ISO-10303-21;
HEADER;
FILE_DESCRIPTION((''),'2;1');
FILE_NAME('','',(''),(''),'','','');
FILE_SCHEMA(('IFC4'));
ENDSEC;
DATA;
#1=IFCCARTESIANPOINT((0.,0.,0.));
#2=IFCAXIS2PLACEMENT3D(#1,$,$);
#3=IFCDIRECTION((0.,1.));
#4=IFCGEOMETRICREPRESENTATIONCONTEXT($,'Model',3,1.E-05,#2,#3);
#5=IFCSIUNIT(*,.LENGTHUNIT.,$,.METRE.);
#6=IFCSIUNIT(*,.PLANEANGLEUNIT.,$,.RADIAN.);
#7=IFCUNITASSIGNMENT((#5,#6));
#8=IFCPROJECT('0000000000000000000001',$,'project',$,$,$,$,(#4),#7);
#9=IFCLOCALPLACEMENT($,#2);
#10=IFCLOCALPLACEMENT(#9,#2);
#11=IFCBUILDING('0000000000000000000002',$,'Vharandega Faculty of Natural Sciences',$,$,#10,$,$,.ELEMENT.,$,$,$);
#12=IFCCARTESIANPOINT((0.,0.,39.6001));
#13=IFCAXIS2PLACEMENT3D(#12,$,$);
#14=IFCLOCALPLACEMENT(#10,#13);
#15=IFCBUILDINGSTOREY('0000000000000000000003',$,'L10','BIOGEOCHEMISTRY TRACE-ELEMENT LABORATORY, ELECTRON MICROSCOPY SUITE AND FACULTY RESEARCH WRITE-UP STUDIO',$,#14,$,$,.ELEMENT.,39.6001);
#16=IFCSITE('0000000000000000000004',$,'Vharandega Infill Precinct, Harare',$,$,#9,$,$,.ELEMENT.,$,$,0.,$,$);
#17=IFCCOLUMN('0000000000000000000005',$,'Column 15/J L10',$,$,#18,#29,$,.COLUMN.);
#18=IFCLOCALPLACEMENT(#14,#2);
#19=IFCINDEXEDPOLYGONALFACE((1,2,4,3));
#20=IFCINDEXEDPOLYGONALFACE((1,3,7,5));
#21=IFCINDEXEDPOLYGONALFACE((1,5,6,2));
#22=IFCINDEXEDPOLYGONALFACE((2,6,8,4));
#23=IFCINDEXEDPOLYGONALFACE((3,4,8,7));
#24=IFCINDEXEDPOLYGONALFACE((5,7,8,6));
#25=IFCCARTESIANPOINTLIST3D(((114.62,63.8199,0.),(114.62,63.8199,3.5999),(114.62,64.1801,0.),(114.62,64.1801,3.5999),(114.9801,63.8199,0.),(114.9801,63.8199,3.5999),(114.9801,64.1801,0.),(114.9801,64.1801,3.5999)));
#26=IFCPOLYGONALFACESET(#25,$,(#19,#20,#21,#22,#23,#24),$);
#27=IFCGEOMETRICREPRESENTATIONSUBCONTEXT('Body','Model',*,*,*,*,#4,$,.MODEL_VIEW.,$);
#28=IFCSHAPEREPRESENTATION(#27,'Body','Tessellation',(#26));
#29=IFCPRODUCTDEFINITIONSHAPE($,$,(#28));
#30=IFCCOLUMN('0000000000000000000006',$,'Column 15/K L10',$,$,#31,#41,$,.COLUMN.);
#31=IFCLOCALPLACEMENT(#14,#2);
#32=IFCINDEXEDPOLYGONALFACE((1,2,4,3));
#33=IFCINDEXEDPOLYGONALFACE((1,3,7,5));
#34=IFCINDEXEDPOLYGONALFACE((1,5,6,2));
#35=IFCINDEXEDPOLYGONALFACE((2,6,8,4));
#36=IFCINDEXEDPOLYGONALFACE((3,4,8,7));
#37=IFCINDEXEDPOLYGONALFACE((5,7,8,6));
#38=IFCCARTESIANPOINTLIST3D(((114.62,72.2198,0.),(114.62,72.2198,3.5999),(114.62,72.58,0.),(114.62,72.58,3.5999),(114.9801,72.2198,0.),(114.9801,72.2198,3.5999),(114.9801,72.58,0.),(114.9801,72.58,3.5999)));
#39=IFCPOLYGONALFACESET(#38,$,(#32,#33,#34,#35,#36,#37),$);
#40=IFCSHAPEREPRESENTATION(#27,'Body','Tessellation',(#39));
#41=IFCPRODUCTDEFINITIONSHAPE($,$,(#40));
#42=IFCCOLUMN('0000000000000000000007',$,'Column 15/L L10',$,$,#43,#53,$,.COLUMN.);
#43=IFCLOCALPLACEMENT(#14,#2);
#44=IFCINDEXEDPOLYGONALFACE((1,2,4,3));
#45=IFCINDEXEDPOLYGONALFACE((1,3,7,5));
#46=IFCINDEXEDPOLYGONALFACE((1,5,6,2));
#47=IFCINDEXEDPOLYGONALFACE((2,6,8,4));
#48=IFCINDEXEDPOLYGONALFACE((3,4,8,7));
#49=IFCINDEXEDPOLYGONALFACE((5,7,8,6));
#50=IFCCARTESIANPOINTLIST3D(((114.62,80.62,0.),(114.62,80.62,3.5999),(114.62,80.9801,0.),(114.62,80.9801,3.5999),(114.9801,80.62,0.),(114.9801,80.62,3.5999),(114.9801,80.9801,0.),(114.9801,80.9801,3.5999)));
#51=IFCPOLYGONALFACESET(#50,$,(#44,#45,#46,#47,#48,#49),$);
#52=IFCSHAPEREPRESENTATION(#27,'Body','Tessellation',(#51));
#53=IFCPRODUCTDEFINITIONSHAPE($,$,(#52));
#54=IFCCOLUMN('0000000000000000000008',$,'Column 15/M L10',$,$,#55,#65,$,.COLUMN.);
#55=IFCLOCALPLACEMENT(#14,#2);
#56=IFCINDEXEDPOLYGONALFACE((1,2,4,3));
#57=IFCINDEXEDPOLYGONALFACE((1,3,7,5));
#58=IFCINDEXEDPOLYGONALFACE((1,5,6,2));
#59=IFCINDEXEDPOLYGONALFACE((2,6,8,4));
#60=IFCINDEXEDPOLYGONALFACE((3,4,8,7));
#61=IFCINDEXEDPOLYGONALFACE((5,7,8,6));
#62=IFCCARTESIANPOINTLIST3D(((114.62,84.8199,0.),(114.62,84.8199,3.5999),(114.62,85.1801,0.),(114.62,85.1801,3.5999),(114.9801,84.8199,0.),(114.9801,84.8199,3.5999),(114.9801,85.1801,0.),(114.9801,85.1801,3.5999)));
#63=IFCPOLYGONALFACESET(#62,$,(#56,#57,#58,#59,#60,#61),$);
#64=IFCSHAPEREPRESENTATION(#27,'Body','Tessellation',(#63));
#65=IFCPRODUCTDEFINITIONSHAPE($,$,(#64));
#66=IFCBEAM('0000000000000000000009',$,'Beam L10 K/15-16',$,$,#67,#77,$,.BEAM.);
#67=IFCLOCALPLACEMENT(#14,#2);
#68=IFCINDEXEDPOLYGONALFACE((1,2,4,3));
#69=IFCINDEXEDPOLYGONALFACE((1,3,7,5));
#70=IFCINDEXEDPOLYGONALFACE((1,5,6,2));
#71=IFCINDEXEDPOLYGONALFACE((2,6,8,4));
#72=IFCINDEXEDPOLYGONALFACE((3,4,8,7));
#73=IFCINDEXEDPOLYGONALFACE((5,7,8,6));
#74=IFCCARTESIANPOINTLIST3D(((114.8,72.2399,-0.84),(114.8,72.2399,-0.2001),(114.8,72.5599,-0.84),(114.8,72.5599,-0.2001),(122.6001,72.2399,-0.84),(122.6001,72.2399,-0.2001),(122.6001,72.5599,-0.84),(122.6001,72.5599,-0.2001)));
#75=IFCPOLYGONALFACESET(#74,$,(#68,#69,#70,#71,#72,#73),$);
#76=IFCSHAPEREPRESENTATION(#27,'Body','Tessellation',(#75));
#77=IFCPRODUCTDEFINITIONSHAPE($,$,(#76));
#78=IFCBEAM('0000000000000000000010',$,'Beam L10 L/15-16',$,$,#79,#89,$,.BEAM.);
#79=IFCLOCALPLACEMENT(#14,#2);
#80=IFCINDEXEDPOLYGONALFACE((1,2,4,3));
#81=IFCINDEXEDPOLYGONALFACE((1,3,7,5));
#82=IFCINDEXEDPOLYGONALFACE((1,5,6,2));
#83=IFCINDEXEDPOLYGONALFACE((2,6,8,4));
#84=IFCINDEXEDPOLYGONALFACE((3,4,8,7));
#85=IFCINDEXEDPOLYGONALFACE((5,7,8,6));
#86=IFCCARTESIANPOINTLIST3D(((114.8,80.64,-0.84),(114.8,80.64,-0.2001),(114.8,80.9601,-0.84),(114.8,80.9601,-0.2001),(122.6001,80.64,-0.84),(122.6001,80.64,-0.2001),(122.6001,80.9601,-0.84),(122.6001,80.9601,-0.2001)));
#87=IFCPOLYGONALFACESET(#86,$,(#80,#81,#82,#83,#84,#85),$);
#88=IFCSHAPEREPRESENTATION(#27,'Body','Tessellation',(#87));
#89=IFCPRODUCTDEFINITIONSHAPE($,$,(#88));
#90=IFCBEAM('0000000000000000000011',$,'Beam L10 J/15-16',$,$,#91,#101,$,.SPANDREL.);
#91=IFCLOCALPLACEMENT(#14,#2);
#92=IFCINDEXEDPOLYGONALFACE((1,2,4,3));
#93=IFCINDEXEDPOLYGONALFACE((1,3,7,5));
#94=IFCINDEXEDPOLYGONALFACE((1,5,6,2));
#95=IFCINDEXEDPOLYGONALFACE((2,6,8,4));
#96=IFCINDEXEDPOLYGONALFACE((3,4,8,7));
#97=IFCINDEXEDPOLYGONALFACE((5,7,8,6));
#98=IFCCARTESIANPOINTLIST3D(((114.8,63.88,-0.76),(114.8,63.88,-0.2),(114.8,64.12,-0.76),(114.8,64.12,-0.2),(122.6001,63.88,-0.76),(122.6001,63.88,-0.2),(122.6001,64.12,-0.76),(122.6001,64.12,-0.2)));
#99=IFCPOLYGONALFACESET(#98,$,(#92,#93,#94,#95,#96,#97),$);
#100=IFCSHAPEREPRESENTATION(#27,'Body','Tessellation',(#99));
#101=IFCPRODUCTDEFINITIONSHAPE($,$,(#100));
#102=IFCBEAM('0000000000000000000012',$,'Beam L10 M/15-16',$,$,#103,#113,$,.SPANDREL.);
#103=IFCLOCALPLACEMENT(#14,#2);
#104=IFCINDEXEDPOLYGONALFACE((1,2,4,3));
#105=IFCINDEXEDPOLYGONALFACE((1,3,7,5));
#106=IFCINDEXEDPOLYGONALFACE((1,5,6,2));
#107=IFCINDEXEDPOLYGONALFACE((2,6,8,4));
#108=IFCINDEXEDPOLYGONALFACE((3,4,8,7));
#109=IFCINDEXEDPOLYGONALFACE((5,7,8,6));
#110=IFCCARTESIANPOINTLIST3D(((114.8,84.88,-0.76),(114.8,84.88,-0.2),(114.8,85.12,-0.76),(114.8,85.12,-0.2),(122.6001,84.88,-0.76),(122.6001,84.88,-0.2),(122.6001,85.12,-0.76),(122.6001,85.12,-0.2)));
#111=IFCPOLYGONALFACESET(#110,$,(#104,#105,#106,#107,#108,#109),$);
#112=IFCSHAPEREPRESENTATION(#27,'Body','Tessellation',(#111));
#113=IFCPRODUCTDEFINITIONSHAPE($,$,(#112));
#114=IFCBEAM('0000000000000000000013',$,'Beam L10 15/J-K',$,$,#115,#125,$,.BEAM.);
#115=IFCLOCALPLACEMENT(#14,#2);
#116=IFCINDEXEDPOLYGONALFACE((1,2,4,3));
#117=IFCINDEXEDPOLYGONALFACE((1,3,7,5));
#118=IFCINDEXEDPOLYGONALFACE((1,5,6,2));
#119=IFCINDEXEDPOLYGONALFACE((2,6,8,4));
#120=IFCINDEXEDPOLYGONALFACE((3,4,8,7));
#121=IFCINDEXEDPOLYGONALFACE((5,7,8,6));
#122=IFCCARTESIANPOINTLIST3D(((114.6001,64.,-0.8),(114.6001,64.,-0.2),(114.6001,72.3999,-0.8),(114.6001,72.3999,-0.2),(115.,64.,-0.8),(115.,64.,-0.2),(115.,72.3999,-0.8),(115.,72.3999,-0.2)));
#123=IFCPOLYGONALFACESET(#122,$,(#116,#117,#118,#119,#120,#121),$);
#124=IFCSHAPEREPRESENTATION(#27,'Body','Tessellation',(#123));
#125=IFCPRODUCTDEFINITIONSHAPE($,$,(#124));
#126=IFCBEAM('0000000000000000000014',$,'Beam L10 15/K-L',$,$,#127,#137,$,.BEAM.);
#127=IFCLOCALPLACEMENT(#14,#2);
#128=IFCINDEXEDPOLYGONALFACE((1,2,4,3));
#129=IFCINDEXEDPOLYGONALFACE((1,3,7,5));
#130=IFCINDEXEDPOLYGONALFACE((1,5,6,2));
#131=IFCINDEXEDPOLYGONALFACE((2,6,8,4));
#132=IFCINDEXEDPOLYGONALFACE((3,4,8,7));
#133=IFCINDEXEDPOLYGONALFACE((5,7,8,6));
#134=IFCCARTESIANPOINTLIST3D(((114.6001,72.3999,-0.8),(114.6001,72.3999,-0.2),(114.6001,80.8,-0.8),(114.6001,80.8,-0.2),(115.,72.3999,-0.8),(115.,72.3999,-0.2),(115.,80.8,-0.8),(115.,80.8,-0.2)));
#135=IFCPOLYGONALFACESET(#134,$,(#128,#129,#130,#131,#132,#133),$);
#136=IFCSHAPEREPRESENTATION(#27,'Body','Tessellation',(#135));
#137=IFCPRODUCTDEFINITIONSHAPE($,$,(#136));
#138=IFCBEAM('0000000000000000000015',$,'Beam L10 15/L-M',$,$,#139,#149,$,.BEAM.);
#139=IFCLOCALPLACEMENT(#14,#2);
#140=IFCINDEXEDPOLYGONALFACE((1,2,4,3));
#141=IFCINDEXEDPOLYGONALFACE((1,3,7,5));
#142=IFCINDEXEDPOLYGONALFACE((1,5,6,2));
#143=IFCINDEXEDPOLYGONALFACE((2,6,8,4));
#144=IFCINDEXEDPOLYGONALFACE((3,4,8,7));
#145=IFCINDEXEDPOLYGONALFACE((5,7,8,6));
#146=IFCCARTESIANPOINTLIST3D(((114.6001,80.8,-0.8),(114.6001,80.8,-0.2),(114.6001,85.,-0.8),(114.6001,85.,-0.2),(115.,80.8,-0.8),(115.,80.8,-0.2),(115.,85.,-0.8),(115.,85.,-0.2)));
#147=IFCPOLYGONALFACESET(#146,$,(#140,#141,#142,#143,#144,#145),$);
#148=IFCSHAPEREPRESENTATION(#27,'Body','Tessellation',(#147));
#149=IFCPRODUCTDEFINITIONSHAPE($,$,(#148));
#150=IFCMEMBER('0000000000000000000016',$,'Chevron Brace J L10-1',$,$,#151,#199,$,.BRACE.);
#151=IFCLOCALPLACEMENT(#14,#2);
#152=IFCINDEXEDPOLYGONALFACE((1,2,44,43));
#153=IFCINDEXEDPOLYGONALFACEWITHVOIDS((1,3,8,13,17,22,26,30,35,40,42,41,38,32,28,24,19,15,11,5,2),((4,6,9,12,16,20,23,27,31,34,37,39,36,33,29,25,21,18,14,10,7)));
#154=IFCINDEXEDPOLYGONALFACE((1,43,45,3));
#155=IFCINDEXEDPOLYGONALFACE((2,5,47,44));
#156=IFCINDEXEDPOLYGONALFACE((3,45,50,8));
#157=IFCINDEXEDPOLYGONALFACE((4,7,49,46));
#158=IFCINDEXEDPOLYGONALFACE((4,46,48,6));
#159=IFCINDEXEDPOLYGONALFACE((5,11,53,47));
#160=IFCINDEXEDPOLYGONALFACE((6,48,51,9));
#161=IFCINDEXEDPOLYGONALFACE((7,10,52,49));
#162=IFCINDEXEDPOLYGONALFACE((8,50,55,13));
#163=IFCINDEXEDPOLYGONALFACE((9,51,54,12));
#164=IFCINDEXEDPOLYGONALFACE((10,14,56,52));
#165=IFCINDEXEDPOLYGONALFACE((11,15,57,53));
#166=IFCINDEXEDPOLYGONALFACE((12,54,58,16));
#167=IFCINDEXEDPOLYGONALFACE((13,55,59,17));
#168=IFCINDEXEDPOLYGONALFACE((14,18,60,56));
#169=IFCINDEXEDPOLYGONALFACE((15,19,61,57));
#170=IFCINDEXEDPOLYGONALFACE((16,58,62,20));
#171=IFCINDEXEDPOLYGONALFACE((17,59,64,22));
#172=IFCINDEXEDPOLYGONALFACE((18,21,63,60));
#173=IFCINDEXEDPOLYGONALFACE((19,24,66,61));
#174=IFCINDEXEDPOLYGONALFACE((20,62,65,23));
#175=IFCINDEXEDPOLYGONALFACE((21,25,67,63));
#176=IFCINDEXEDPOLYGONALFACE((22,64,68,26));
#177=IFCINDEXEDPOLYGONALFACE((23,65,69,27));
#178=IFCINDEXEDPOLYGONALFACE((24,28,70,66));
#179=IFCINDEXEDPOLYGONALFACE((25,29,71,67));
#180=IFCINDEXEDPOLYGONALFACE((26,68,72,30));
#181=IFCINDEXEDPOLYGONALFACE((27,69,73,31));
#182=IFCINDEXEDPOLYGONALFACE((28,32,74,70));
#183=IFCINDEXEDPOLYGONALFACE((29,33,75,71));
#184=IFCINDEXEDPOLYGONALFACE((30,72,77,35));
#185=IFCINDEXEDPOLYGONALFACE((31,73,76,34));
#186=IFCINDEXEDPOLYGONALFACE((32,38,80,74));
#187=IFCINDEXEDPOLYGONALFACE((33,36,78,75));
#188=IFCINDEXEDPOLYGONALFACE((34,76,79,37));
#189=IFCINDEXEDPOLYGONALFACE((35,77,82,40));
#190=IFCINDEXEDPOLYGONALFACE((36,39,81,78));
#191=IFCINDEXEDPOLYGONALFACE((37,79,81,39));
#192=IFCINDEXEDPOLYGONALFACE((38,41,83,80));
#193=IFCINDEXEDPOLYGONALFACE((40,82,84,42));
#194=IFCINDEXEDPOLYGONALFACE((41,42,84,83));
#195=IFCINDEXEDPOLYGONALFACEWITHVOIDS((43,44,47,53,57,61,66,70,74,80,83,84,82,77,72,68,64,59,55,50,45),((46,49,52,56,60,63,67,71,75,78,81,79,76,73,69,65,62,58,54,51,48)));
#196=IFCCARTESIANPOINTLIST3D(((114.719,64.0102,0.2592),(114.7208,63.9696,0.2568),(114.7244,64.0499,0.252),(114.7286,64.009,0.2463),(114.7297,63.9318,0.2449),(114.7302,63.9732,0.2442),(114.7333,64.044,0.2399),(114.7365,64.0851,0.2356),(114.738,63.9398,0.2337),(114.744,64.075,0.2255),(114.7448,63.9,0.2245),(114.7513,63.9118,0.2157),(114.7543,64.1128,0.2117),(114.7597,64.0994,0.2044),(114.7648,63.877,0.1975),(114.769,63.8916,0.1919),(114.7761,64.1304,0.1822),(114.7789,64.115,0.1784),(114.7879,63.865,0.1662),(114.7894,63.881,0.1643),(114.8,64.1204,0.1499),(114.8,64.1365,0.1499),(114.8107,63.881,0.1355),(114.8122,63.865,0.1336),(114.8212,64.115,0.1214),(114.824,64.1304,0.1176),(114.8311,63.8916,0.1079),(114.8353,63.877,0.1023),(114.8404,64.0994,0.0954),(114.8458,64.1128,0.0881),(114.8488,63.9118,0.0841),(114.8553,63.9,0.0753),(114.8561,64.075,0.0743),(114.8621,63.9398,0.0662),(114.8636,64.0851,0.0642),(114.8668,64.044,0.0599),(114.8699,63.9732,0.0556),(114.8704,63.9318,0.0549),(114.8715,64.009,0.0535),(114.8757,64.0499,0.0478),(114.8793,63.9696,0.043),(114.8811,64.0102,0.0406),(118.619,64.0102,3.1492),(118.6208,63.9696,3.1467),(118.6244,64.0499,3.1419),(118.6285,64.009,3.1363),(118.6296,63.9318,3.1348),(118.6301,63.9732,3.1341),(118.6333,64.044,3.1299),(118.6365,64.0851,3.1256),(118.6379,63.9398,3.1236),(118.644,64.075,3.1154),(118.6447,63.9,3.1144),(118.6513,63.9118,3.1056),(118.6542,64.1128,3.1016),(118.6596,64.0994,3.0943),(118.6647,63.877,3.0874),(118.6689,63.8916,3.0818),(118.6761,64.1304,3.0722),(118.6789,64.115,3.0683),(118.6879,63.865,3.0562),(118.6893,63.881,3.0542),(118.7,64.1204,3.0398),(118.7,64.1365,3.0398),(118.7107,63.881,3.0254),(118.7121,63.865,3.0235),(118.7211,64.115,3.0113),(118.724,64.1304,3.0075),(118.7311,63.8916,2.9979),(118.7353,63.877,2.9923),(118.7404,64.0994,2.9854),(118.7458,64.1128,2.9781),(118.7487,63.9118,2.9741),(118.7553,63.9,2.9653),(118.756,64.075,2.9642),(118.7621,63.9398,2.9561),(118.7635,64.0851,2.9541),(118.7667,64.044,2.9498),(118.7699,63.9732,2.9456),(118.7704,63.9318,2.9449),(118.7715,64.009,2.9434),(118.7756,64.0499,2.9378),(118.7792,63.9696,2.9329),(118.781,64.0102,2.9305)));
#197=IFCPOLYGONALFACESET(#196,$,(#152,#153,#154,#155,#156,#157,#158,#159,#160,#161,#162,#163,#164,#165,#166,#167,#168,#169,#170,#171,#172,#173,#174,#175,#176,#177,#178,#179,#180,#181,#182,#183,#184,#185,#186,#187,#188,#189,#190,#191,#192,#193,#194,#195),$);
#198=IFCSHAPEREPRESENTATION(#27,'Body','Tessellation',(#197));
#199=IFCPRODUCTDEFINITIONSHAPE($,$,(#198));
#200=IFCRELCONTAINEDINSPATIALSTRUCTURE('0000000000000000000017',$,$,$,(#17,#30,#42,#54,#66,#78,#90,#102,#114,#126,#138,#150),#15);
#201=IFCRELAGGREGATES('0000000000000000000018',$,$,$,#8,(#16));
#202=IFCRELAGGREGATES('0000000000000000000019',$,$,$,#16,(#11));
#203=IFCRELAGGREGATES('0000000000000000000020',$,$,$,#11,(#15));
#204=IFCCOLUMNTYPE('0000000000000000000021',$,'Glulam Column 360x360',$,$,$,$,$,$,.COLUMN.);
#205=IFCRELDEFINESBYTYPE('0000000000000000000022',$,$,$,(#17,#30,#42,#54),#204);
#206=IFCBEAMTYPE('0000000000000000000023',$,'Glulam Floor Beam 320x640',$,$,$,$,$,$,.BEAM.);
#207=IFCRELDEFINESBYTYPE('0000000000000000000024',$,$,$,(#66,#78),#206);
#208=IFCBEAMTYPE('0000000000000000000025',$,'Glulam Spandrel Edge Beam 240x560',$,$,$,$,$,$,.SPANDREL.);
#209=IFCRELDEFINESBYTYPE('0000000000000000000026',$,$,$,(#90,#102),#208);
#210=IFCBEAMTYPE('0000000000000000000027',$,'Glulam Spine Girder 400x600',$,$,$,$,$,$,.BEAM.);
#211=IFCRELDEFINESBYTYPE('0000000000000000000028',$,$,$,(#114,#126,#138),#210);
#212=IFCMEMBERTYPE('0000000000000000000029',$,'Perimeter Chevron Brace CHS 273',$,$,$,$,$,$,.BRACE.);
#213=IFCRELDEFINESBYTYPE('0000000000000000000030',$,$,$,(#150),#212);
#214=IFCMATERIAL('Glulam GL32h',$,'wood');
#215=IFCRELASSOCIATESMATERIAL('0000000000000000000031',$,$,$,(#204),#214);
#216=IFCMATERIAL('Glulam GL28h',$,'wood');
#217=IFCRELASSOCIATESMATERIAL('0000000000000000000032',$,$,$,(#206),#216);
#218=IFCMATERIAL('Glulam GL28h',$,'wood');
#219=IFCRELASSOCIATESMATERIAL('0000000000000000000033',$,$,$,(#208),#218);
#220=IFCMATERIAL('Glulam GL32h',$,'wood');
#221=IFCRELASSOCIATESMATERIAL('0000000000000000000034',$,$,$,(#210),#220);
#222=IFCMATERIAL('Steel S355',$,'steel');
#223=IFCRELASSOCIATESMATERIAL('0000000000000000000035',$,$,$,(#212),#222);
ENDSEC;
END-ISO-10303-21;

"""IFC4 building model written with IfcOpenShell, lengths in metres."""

from ifc_helpers import new_model, si_unit, direction, frame, origin, origin_2d, place, context, subcontext, project, spatial, rectangle, hollow_circle, extrude, material, material_profile, profile_set, type_object, element, save


model = new_model("IFC4")

# Units and contexts
model_context = context("Model", 3, precision=1e-05, world=origin(), true_north=direction((0.0, 1.0)))
body_context = subcontext(model_context, "Body", "Model", "MODEL_VIEW")
ifc_project = project(units=[si_unit("LENGTHUNIT", "METRE"), si_unit("PLANEANGLEUNIT", "RADIAN")], contexts=[model_context])

# Site, building, storey
site_placement = place(None, origin())
site = spatial("IfcSite", under=ifc_project, at=site_placement, Name="Vharandega Infill Precinct, Harare", CompositionType="ELEMENT", RefElevation=0.0)
building_placement = place(site_placement, origin())
building = spatial("IfcBuilding", under=site, at=building_placement, Name="Vharandega Faculty of Natural Sciences", CompositionType="ELEMENT")
storey_placement = place(building_placement, frame((0.0, 0.0, 39.6001)))
storey = spatial("IfcBuildingStorey", under=building, at=storey_placement, Name="L10", Description="BIOGEOCHEMISTRY TRACE-ELEMENT LABORATORY, ELECTRON MICROSCOPY SUITE AND FACULTY RESEARCH WRITE-UP STUDIO", CompositionType="ELEMENT", Elevation=39.6001)

# Columns
ifc_material_1 = material(Name="Glulam GL32h", Category="wood")
ifc_material_profile_1 = material_profile(ifc_material_1, rectangle(XDim=0.3601, YDim=0.3601, at=origin_2d()), Name="GL32h 360x360")
ifc_profile_set_1 = profile_set([ifc_material_profile_1], Name="Glulam GL32h")
column_type = type_object("IfcColumnType", Name="Glulam Column 360x360", PredefinedType="COLUMN", material=ifc_profile_set_1)
for number, where, z_axis, x_axis, name in (
    (1, (114.8, 64.0, 0.0), (0.0, 0.0, 1.0), (1.0, 0.0, 0.0), "Column 15/J L10"),
    (2, (114.8, 72.3999, 0.0), (0.0, 0.0, 1.0), (1.0, 0.0, 0.0), "Column 15/K L10"),
    (3, (114.8, 80.8, 0.0), (0.0, 0.0, 1.0), (1.0, 0.0, 0.0), "Column 15/L L10"),
    (4, (114.8, 85.0, 0.0), (0.0, 0.0, 1.0), (1.0, 0.0, 0.0), "Column 15/M L10"),
):
    element("IfcColumn", number, at=place(storey_placement, frame(where, z_axis=z_axis, x_axis=x_axis)), inside=storey, type_object=column_type, Name=name, PredefinedType="COLUMN", context=body_context, shape_type="SweptSolid", body=[
        extrude(rectangle(XDim=0.3601, YDim=0.3601, at=origin_2d()), origin(), (0.0, 0.0, 1.0), 3.5999),
    ])

# Beams
ifc_material_2 = material(Name="Glulam GL28h", Category="wood")
ifc_material_profile_2 = material_profile(ifc_material_2, rectangle(XDim=0.3201, YDim=0.6399, at=origin_2d()), Name="GL28h 320x640")
ifc_profile_set_2 = profile_set([ifc_material_profile_2], Name="Glulam GL28h")
beam_type_1 = type_object("IfcBeamType", Name="Glulam Floor Beam 320x640", PredefinedType="BEAM", material=ifc_profile_set_2)
for number, where, z_axis, x_axis, name in (
    (5, (114.8, 72.3999, -0.52), (1.0, 0.0, 0.0), (0.0, 1.0, 0.0), "Beam L10 K/15-16"),
    (6, (114.8, 80.8, -0.52), (1.0, 0.0, 0.0), (0.0, 1.0, 0.0), "Beam L10 L/15-16"),
):
    element("IfcBeam", number, at=place(storey_placement, frame(where, z_axis=z_axis, x_axis=x_axis)), inside=storey, type_object=beam_type_1, Name=name, PredefinedType="BEAM", context=body_context, shape_type="SweptSolid", body=[
        extrude(rectangle(XDim=0.3201, YDim=0.6399, at=origin_2d()), origin(), (0.0, 0.0, 1.0), 7.8),
    ])
ifc_material_3 = material(Name="Glulam GL28h", Category="wood")
ifc_material_profile_3 = material_profile(ifc_material_3, rectangle(XDim=0.24, YDim=0.5601, at=origin_2d()), Name="GL28h 240x560")
ifc_profile_set_3 = profile_set([ifc_material_profile_3], Name="Glulam GL28h")
beam_type_2 = type_object("IfcBeamType", Name="Glulam Spandrel Edge Beam 240x560", PredefinedType="SPANDREL", material=ifc_profile_set_3)
for number, where, z_axis, x_axis, name in (
    (7, (114.8, 64.0, -0.48), (1.0, 0.0, 0.0), (0.0, 1.0, 0.0), "Beam L10 J/15-16"),
    (8, (114.8, 85.0, -0.48), (1.0, 0.0, 0.0), (0.0, 1.0, 0.0), "Beam L10 M/15-16"),
):
    element("IfcBeam", number, at=place(storey_placement, frame(where, z_axis=z_axis, x_axis=x_axis)), inside=storey, type_object=beam_type_2, Name=name, PredefinedType="SPANDREL", context=body_context, shape_type="SweptSolid", body=[
        extrude(rectangle(XDim=0.24, YDim=0.5601, at=origin_2d()), origin(), (0.0, 0.0, 1.0), 7.8),
    ])
ifc_material_4 = material(Name="Glulam GL32h", Category="wood")
ifc_material_profile_4 = material_profile(ifc_material_4, rectangle(XDim=0.3999, YDim=0.6001, at=origin_2d()), Name="GL32h 400x600")
ifc_profile_set_4 = profile_set([ifc_material_profile_4], Name="Glulam GL32h")
beam_type_3 = type_object("IfcBeamType", Name="Glulam Spine Girder 400x600", PredefinedType="BEAM", material=ifc_profile_set_4)
beam_1_placement = place(storey_placement, frame((114.8, 64.0, -0.5), z_axis=(0.0, 1.0, 0.0), x_axis=(-1.0, 0.0, 0.0)))
element("IfcBeam", 9, at=beam_1_placement, inside=storey, type_object=beam_type_3, Name="Beam L10 15/J-K", PredefinedType="BEAM", context=body_context, shape_type="SweptSolid", body=[
    extrude(rectangle(XDim=0.3999, YDim=0.6001, at=origin_2d()), origin(), (0.0, 0.0, 1.0), 8.3999),
])
beam_2_placement = place(storey_placement, frame((114.8, 72.3999, -0.5), z_axis=(0.0, 1.0, 0.0), x_axis=(-1.0, 0.0, 0.0)))
element("IfcBeam", 10, at=beam_2_placement, inside=storey, type_object=beam_type_3, Name="Beam L10 15/K-L", PredefinedType="BEAM", context=body_context, shape_type="SweptSolid", body=[
    extrude(rectangle(XDim=0.3999, YDim=0.6001, at=origin_2d()), origin(), (0.0, 0.0, 1.0), 8.4001),
])
beam_3_placement = place(storey_placement, frame((114.8, 80.8, -0.5), z_axis=(0.0, 1.0, 0.0), x_axis=(-1.0, 0.0, 0.0)))
element("IfcBeam", 11, at=beam_3_placement, inside=storey, type_object=beam_type_3, Name="Beam L10 15/L-M", PredefinedType="BEAM", context=body_context, shape_type="SweptSolid", body=[
    extrude(rectangle(XDim=0.3999, YDim=0.6001, at=origin_2d()), origin(), (0.0, 0.0, 1.0), 4.2),
])

# Member
ifc_material_5 = material(Name="Steel S355", Category="steel")
ifc_material_profile_5 = material_profile(ifc_material_5, hollow_circle(Radius=0.1365, WallThickness=0.0161, at=origin_2d()), Name="CHS 273x16")
ifc_profile_set_5 = profile_set([ifc_material_profile_5], Name="Steel S355")
member_type = type_object("IfcMemberType", Name="Perimeter Chevron Brace CHS 273", PredefinedType="BRACE", material=ifc_profile_set_5)
member_placement = place(storey_placement, frame((114.8, 64.0, 0.1499), z_axis=(0.803451, 0.0, 0.595371), x_axis=(0.0, 1.0, 0.0)))
element("IfcMember", 12, at=member_placement, inside=storey, type_object=member_type, Name="Chevron Brace J L10-1", PredefinedType="BRACE", context=body_context, shape_type="SweptSolid", body=[
    extrude(hollow_circle(Radius=0.1365, WallThickness=0.0161, at=origin_2d()), origin(), (0.0, 0.0, 1.0), 4.854),
])

save(model, "model.ifc")
